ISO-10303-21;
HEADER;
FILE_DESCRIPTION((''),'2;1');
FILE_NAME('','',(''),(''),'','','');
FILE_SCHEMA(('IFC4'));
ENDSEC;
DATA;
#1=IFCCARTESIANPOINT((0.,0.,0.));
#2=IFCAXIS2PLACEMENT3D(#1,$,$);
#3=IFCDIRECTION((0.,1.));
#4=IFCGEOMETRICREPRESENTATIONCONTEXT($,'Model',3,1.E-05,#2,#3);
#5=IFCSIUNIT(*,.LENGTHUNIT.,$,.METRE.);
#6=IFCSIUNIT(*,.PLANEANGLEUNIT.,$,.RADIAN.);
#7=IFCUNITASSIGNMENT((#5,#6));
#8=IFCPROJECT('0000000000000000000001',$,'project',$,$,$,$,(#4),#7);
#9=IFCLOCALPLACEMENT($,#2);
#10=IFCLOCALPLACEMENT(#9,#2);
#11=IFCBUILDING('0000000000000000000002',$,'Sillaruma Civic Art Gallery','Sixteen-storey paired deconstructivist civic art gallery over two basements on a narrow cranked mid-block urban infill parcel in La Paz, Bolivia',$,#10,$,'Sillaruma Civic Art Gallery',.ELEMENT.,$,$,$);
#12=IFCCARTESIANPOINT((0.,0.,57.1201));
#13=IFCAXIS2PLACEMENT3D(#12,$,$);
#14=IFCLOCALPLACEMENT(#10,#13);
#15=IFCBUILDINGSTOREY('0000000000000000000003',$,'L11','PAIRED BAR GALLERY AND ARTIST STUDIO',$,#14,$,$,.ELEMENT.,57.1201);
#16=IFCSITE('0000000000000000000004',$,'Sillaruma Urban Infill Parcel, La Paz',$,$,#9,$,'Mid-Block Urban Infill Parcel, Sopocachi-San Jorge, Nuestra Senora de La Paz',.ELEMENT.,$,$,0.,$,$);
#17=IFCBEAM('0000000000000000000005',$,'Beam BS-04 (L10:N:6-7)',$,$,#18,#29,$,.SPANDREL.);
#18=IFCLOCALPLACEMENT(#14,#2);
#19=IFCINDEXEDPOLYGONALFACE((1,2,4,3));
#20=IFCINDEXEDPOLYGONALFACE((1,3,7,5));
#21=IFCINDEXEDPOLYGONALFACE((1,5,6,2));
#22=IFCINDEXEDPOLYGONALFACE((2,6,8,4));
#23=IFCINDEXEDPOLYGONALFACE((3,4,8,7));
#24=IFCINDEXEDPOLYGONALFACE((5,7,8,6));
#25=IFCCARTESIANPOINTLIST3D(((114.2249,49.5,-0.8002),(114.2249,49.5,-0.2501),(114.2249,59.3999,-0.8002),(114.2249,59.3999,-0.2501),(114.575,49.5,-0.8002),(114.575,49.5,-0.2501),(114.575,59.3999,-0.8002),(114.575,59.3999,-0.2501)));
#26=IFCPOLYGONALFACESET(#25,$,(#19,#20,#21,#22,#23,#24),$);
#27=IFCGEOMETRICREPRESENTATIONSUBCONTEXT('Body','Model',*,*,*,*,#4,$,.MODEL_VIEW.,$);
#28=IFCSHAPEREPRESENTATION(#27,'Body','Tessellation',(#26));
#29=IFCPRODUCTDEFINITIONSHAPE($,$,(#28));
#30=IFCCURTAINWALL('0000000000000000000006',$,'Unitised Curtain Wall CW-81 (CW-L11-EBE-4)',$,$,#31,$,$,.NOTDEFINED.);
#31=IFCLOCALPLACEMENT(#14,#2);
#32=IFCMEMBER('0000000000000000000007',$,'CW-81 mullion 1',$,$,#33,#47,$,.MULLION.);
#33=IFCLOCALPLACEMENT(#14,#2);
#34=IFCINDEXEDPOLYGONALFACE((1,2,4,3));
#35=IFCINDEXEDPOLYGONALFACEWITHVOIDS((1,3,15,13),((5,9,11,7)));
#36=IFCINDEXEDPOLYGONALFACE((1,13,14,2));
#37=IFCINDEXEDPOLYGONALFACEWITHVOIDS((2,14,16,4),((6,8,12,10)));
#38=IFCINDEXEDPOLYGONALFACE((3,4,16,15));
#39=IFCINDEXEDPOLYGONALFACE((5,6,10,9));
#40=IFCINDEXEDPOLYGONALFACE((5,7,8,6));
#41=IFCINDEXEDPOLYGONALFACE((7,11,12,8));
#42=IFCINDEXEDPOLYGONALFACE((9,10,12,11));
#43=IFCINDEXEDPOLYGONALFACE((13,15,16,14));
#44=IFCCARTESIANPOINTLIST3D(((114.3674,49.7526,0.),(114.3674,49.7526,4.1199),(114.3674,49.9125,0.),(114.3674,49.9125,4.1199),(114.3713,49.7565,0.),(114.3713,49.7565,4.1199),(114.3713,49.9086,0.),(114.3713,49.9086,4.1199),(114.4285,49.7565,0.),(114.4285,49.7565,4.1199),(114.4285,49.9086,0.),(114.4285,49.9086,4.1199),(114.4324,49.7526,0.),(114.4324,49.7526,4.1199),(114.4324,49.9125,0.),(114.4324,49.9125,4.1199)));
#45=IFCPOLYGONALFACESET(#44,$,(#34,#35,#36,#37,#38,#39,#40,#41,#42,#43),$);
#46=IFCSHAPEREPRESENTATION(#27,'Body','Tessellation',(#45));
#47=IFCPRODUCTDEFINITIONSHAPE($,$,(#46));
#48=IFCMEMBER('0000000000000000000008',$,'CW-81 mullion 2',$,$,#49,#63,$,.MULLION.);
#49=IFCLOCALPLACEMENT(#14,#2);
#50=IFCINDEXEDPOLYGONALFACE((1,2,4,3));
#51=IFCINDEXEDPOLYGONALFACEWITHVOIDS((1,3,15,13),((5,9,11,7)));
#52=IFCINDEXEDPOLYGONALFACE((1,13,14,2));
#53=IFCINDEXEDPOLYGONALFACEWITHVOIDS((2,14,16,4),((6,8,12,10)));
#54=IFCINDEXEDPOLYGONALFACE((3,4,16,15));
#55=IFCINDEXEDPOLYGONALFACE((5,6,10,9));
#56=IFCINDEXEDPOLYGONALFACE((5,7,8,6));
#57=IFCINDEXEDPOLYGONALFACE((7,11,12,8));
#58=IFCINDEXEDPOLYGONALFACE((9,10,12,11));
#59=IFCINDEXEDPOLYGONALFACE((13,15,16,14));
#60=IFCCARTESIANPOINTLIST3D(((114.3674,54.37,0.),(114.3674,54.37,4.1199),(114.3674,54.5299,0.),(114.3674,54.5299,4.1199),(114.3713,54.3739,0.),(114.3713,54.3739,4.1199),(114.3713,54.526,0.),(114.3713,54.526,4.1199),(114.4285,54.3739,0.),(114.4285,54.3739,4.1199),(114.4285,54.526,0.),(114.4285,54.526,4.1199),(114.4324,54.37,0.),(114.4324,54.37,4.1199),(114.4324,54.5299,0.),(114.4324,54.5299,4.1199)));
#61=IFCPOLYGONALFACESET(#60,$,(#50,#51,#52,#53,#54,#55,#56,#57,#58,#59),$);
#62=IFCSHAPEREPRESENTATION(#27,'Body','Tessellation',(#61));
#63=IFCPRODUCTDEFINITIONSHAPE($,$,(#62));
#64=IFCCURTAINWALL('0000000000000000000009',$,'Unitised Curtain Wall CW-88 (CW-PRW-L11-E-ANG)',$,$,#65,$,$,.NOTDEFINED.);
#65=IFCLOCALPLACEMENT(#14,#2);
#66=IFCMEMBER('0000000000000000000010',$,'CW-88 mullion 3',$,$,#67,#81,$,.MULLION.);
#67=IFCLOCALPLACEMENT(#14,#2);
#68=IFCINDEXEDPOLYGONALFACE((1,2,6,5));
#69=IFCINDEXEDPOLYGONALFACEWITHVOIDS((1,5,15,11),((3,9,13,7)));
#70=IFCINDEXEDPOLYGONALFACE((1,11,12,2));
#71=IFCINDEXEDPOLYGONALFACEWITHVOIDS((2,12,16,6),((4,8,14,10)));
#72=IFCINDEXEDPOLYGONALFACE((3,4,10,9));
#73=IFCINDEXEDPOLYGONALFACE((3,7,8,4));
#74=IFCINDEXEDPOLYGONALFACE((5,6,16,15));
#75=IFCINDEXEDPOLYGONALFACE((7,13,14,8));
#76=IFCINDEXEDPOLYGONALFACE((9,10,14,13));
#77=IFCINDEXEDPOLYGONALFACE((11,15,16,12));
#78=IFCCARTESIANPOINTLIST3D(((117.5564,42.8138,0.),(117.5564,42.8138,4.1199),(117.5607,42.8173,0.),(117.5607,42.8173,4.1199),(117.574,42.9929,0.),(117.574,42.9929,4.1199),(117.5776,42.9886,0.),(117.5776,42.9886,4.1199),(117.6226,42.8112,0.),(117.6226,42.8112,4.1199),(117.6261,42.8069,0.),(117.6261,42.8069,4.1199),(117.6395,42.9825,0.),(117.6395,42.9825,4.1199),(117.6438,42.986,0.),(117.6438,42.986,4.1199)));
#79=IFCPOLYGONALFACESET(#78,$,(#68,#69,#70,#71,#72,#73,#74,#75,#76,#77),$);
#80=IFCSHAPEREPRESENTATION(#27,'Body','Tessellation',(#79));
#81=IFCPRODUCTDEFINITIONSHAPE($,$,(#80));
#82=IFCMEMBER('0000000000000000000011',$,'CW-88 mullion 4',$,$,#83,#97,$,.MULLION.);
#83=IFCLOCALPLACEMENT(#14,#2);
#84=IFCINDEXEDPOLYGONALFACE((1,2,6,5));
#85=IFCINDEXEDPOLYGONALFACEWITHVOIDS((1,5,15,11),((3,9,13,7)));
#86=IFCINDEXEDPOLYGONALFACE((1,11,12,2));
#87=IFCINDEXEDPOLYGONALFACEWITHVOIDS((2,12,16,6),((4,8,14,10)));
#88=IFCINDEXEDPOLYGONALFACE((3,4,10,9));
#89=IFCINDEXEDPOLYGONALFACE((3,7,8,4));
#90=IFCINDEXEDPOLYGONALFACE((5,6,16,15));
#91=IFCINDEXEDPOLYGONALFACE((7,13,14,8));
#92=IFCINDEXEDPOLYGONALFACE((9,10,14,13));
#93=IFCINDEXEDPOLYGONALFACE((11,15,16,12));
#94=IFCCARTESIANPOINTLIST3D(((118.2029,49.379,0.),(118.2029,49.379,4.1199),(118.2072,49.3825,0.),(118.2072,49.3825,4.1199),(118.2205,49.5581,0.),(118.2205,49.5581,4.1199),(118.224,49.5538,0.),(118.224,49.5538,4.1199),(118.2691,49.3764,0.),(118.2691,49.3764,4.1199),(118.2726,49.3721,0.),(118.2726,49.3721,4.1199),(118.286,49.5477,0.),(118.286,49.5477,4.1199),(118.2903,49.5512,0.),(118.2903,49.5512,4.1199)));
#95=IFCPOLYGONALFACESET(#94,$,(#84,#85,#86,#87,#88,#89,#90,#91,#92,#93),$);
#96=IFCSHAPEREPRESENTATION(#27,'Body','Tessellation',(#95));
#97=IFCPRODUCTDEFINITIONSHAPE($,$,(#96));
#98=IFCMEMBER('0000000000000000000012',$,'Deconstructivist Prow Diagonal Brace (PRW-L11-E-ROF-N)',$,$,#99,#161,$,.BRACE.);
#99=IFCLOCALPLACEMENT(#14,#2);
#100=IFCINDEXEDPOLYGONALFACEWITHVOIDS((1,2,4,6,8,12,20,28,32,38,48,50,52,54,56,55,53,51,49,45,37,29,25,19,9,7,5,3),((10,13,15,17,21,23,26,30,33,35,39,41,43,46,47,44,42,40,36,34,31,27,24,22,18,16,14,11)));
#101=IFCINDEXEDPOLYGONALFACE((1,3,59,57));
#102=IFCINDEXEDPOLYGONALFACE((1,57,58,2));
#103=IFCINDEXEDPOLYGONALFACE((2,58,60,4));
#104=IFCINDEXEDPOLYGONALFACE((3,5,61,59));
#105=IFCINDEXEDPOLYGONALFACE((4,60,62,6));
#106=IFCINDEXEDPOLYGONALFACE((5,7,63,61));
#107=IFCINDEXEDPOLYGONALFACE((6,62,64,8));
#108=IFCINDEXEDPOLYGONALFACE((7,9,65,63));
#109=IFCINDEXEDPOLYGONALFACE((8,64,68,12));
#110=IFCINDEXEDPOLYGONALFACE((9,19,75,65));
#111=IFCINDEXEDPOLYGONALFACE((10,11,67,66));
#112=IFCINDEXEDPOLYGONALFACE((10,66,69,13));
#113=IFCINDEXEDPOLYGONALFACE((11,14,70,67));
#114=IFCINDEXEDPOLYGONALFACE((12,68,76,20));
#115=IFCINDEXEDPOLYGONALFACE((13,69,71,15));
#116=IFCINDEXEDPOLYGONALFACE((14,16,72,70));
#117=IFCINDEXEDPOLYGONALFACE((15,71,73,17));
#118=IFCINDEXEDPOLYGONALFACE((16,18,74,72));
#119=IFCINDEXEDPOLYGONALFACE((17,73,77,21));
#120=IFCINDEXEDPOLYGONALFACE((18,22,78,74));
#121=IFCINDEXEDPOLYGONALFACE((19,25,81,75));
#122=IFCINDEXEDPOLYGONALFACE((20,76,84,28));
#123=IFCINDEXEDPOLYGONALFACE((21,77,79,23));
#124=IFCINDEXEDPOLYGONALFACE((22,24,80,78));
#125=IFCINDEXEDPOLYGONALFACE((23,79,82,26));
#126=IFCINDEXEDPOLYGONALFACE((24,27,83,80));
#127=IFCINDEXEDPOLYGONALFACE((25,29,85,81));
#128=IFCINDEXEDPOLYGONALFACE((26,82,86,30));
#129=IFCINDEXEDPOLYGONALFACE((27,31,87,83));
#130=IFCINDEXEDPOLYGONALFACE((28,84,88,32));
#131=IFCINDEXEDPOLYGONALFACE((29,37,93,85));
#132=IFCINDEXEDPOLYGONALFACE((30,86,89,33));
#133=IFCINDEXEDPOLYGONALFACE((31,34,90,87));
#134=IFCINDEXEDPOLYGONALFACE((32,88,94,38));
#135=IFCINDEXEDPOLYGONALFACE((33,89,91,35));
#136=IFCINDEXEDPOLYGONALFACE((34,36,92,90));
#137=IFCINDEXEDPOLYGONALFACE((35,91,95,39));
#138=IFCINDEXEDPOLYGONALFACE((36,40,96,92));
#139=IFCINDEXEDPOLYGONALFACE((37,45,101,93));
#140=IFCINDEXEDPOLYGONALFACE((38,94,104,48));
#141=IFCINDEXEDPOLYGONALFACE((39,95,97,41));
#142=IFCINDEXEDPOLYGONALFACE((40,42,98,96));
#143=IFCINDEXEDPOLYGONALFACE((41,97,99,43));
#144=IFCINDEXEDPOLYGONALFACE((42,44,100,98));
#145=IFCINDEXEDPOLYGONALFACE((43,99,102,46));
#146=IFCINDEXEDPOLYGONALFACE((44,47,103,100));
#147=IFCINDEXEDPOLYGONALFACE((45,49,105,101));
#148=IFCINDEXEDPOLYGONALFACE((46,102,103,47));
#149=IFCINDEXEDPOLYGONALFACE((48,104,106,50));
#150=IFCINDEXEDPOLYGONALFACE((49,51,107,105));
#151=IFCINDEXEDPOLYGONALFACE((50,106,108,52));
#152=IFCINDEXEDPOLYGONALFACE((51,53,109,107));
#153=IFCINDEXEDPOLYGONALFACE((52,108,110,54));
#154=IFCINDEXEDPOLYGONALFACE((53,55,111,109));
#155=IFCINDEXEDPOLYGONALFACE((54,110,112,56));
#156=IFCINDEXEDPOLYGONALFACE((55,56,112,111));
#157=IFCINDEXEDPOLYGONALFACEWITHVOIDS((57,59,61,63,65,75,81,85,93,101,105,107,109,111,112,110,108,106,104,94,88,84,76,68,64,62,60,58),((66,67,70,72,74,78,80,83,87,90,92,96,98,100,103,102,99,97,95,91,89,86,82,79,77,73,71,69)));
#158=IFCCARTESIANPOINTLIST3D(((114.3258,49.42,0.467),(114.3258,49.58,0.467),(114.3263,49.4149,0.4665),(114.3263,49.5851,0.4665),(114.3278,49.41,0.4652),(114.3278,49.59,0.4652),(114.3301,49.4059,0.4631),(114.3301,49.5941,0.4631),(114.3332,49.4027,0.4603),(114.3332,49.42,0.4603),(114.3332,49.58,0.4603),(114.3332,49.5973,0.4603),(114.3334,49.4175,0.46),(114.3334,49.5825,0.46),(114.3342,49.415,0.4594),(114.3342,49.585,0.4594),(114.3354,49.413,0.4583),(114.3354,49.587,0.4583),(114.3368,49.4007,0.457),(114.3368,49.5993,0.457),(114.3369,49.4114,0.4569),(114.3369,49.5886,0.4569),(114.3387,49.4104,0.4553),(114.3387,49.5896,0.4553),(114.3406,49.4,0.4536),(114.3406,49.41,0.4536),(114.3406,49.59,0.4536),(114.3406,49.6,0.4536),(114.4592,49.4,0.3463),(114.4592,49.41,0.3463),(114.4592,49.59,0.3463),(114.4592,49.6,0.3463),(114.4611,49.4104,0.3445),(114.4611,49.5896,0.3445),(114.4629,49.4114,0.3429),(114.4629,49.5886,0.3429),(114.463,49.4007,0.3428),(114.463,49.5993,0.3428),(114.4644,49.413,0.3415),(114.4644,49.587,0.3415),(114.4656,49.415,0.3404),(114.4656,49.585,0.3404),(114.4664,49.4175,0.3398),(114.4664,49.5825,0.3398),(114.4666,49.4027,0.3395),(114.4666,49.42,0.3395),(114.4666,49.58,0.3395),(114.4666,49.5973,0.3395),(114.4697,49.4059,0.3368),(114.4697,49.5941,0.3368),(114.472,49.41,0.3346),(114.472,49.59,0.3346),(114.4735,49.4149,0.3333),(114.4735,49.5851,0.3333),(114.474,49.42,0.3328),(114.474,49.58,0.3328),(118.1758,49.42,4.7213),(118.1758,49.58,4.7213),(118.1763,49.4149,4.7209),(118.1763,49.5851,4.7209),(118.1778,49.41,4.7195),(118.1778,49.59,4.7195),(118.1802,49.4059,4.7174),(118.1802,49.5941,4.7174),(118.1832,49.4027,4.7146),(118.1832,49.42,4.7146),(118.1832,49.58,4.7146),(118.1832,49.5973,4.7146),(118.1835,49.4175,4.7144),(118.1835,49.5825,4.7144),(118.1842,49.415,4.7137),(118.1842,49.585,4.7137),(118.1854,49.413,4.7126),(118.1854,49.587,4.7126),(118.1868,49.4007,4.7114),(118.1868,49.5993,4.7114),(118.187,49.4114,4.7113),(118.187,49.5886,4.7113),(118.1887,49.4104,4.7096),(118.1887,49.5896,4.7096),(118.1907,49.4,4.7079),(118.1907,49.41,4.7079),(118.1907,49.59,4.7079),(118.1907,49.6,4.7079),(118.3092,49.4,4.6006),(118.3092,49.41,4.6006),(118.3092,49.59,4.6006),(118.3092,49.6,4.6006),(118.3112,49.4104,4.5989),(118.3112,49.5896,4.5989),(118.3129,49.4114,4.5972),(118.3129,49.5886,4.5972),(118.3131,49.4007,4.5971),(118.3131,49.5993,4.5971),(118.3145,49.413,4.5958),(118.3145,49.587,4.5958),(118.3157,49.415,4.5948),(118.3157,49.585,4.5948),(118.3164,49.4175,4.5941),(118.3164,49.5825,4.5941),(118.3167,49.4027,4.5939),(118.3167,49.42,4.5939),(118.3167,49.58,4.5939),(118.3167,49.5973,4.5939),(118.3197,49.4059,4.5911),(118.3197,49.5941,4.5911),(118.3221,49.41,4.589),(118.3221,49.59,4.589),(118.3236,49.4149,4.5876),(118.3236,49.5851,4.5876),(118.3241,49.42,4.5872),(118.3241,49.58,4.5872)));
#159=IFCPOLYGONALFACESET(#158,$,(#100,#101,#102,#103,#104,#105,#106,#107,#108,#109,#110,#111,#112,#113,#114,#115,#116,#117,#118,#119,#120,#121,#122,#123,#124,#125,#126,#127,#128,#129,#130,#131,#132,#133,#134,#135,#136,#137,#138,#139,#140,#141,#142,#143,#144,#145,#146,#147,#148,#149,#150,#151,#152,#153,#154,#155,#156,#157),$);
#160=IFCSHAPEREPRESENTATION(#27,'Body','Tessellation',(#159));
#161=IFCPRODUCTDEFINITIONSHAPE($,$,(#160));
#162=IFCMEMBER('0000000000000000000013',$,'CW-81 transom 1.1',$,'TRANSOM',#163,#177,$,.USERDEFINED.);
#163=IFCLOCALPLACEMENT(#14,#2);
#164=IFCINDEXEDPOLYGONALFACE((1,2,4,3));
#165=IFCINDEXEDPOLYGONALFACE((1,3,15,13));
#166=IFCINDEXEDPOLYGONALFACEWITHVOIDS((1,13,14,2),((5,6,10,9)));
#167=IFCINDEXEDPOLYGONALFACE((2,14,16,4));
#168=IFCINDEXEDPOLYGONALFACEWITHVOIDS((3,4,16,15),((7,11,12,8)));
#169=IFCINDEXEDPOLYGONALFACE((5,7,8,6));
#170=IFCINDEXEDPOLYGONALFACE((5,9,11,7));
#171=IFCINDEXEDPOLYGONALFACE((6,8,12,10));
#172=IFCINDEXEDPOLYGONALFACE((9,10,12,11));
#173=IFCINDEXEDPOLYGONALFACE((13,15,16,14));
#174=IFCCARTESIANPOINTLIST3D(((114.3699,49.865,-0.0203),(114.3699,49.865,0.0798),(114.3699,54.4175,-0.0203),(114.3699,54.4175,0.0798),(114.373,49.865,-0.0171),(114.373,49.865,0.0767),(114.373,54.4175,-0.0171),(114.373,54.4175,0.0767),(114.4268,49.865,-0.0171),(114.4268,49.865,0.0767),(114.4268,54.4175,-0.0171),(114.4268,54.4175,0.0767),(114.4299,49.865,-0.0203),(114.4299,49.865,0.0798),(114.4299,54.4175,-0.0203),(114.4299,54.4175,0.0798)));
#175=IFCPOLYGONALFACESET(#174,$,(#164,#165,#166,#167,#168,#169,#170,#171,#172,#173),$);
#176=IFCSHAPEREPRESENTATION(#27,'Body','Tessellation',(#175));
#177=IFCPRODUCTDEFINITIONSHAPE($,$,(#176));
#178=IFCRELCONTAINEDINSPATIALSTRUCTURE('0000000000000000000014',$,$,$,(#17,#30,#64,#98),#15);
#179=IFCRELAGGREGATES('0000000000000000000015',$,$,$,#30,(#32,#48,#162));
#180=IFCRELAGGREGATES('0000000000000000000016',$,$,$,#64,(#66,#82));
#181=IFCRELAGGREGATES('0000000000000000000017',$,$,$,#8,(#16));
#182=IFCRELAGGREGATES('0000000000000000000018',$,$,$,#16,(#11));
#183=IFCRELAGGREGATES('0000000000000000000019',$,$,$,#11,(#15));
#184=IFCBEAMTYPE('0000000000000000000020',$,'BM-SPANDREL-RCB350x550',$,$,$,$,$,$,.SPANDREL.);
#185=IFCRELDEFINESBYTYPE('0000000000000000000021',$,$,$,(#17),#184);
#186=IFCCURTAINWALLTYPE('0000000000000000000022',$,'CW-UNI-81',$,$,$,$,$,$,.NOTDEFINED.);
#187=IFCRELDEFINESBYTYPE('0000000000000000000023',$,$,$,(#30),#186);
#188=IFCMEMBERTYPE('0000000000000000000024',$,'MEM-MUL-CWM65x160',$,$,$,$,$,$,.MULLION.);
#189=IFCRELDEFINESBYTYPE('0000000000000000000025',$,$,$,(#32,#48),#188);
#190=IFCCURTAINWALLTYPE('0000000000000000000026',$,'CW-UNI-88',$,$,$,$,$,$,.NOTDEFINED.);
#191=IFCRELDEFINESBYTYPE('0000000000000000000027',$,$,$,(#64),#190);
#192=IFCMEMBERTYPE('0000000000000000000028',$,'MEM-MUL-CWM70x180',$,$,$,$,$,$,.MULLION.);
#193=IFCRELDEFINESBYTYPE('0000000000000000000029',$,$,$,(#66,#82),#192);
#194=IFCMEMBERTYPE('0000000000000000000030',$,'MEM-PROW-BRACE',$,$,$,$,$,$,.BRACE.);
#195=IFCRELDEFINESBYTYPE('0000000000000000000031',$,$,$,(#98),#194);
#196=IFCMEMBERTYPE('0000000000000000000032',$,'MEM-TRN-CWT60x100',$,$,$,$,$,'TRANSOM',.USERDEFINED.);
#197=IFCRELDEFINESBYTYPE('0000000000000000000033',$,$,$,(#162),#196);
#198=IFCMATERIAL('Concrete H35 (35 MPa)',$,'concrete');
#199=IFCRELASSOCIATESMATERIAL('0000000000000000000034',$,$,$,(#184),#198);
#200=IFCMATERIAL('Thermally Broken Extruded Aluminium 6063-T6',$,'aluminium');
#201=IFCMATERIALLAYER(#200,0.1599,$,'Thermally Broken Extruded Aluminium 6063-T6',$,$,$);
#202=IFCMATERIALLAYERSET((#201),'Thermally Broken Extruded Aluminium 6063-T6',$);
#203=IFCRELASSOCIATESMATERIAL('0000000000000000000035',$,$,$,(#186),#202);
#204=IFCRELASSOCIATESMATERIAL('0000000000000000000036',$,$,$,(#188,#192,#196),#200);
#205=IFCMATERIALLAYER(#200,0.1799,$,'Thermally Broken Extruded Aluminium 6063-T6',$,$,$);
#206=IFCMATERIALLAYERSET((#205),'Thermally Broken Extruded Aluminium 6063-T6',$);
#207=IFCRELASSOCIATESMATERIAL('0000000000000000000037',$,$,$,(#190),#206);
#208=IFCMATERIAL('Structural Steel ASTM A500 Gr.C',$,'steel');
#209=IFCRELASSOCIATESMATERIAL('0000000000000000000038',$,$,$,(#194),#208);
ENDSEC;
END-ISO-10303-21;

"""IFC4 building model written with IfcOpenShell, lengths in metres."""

from ifc_helpers import new_model, si_unit, direction, frame, origin, origin_2d, place, context, subcontext, project, spatial, rectangle, hollow_rectangle, extrude, material, layer, layer_set, material_profile, profile_set, type_object, element, aggregate, save


model = new_model("IFC4")

# Units and contexts
model_context = context("Model", 3, precision=1e-05, world=origin(), true_north=direction((0.0, 1.0)))
body_context = subcontext(model_context, "Body", "Model", "MODEL_VIEW")
ifc_project = project(units=[si_unit("LENGTHUNIT", "METRE"), si_unit("PLANEANGLEUNIT", "RADIAN")], contexts=[model_context])

# Site, building, storey
site_placement = place(None, origin())
site = spatial("IfcSite", under=ifc_project, at=site_placement, Name="Sillaruma Urban Infill Parcel, La Paz", LongName="Mid-Block Urban Infill Parcel, Sopocachi-San Jorge, Nuestra Senora de La Paz", CompositionType="ELEMENT", RefElevation=0.0)
building_placement = place(site_placement, origin())
building = spatial("IfcBuilding", under=site, at=building_placement, Name="Sillaruma Civic Art Gallery", Description="Sixteen-storey paired deconstructivist civic art gallery over two basements on a narrow cranked mid-block urban infill parcel in La Paz, Bolivia", LongName="Sillaruma Civic Art Gallery", CompositionType="ELEMENT")
storey_placement = place(building_placement, frame((0.0, 0.0, 57.1201)))
storey = spatial("IfcBuildingStorey", under=building, at=storey_placement, Name="L11", Description="PAIRED BAR GALLERY AND ARTIST STUDIO", CompositionType="ELEMENT", Elevation=57.1201)

# Beam
ifc_material_1 = material(Name="Concrete H35 (35 MPa)", Category="concrete")
ifc_material_profile_1 = material_profile(ifc_material_1, rectangle(XDim=0.3501, YDim=0.55, at=origin_2d()), Name="RCB350x550")
ifc_profile_set_1 = profile_set([ifc_material_profile_1], Name="Concrete H35 (35 MPa)")
beam_type = type_object("IfcBeamType", Name="BM-SPANDREL-RCB350x550", PredefinedType="SPANDREL", material=ifc_profile_set_1)
beam_placement = place(storey_placement, frame((114.3999, 49.5, -0.5251), z_axis=(0.0, 1.0, 0.0), x_axis=(-1.0, 0.0, 0.0)))
element("IfcBeam", 1, at=beam_placement, inside=storey, type_object=beam_type, Name="Beam BS-04 (L10:N:6-7)", PredefinedType="SPANDREL", context=body_context, shape_type="SweptSolid", body=[
    extrude(rectangle(XDim=0.3501, YDim=0.55, at=origin_2d()), origin(), (0.0, 0.0, 1.0), 9.8999),
])

# Curtain walls, members
ifc_material_2 = material(Name="Thermally Broken Extruded Aluminium 6063-T6", Category="aluminium")
ifc_layer_1 = layer(ifc_material_2, 0.1599, Name="Thermally Broken Extruded Aluminium 6063-T6")
ifc_layer_set_1 = layer_set([ifc_layer_1], Name="Thermally Broken Extruded Aluminium 6063-T6")
curtain_wall_type_1 = type_object("IfcCurtainWallType", Name="CW-UNI-81", PredefinedType="NOTDEFINED", material=ifc_layer_set_1)
curtain_wall_1_placement = place(storey_placement, origin())
curtain_wall_1 = element("IfcCurtainWall", 2, at=curtain_wall_1_placement, inside=storey, type_object=curtain_wall_type_1, Name="Unitised Curtain Wall CW-81 (CW-L11-EBE-4)", PredefinedType="NOTDEFINED")
ifc_material_profile_2 = material_profile(ifc_material_2, hollow_rectangle(XDim=0.0649, YDim=0.1599, WallThickness=0.0039, at=origin_2d()), Name="CWM65x160")
ifc_profile_set_2 = profile_set([ifc_material_profile_2], Name="Thermally Broken Extruded Aluminium 6063-T6")
member_type_1 = type_object("IfcMemberType", Name="MEM-MUL-CWM65x160", PredefinedType="MULLION", material=ifc_profile_set_2)
member_1_placement = place(storey_placement, frame((114.3999, 49.8325, 0.0), z_axis=(0.0, 0.0, 1.0), x_axis=(-1.0, 0.0, 0.0)))
member_1 = element("IfcMember", 3, at=member_1_placement, type_object=member_type_1, Name="CW-81 mullion 1", PredefinedType="MULLION", context=body_context, shape_type="SweptSolid", body=[
    extrude(hollow_rectangle(XDim=0.0649, YDim=0.1599, WallThickness=0.0039, at=origin_2d()), origin(), (0.0, 0.0, 1.0), 4.1199),
])
member_2_placement = place(storey_placement, frame((114.3999, 54.45, 0.0), z_axis=(0.0, 0.0, 1.0), x_axis=(-1.0, 0.0, 0.0)))
member_2 = element("IfcMember", 4, at=member_2_placement, type_object=member_type_1, Name="CW-81 mullion 2", PredefinedType="MULLION", context=body_context, shape_type="SweptSolid", body=[
    extrude(hollow_rectangle(XDim=0.0649, YDim=0.1599, WallThickness=0.0039, at=origin_2d()), origin(), (0.0, 0.0, 1.0), 4.1199),
])
ifc_layer_2 = layer(ifc_material_2, 0.1799, Name="Thermally Broken Extruded Aluminium 6063-T6")
ifc_layer_set_2 = layer_set([ifc_layer_2], Name="Thermally Broken Extruded Aluminium 6063-T6")
curtain_wall_type_2 = type_object("IfcCurtainWallType", Name="CW-UNI-88", PredefinedType="NOTDEFINED", material=ifc_layer_set_2)
curtain_wall_2_placement = place(storey_placement, origin())
curtain_wall_2 = element("IfcCurtainWall", 5, at=curtain_wall_2_placement, inside=storey, type_object=curtain_wall_type_2, Name="Unitised Curtain Wall CW-88 (CW-PRW-L11-E-ANG)", PredefinedType="NOTDEFINED")
ifc_material_profile_3 = material_profile(ifc_material_2, hollow_rectangle(XDim=0.0701, YDim=0.1799, WallThickness=0.0039, at=origin_2d()), Name="CWM70x180")
ifc_profile_set_3 = profile_set([ifc_material_profile_3], Name="Thermally Broken Extruded Aluminium 6063-T6")
member_type_2 = type_object("IfcMemberType", Name="MEM-MUL-CWM70x180", PredefinedType="MULLION", material=ifc_profile_set_3)
member_3_placement = place(storey_placement, frame((117.6001, 42.8999, 0.0), z_axis=(0.0, 0.0, 1.0), x_axis=(-0.995185, 0.098011, 0.0)))
member_3 = element("IfcMember", 6, at=member_3_placement, type_object=member_type_2, Name="CW-88 mullion 3", PredefinedType="MULLION", context=body_context, shape_type="SweptSolid", body=[
    extrude(hollow_rectangle(XDim=0.0701, YDim=0.1799, WallThickness=0.0039, at=origin_2d()), origin(), (0.0, 0.0, 1.0), 4.1199),
])
member_4_placement = place(storey_placement, frame((118.2466, 49.4651, 0.0), z_axis=(0.0, 0.0, 1.0), x_axis=(-0.995185, 0.098011, 0.0)))
member_4 = element("IfcMember", 7, at=member_4_placement, type_object=member_type_2, Name="CW-88 mullion 4", PredefinedType="MULLION", context=body_context, shape_type="SweptSolid", body=[
    extrude(hollow_rectangle(XDim=0.0701, YDim=0.1799, WallThickness=0.0039, at=origin_2d()), origin(), (0.0, 0.0, 1.0), 4.1199),
])

# Members
ifc_material_3 = material(Name="Structural Steel ASTM A500 Gr.C", Category="steel")
ifc_material_profile_4 = material_profile(ifc_material_3, hollow_rectangle(XDim=0.2, YDim=0.2, WallThickness=0.01, InnerFilletRadius=0.01, OuterFilletRadius=0.02, at=origin_2d()), Name="HSS200x200x10")
ifc_profile_set_4 = profile_set([ifc_material_profile_4], Name="Structural Steel ASTM A500 Gr.C")
member_type_3 = type_object("IfcMemberType", Name="MEM-PROW-BRACE", PredefinedType="BRACE", material=ifc_profile_set_4)
member_5_placement = place(storey_placement, frame((114.3999, 49.5, 0.3999), z_axis=(0.670998, 0.0, 0.741459), x_axis=(0.0, 1.0, 0.0)))
element("IfcMember", 8, at=member_5_placement, inside=storey, type_object=member_type_3, Name="Deconstructivist Prow Diagonal Brace (PRW-L11-E-ROF-N)", PredefinedType="BRACE", context=body_context, shape_type="SweptSolid", body=[
    extrude(hollow_rectangle(XDim=0.2, YDim=0.2, WallThickness=0.01, InnerFilletRadius=0.01, OuterFilletRadius=0.02, at=origin_2d()), origin(), (0.0, 0.0, 1.0), 5.7378),
])
ifc_material_profile_5 = material_profile(ifc_material_2, hollow_rectangle(XDim=0.0601, YDim=0.1001, WallThickness=0.0032, at=origin_2d()), Name="CWT60x100")
ifc_profile_set_5 = profile_set([ifc_material_profile_5], Name="Thermally Broken Extruded Aluminium 6063-T6")
member_type_4 = type_object("IfcMemberType", Name="MEM-TRN-CWT60x100", ElementType="TRANSOM", PredefinedType="USERDEFINED", material=ifc_profile_set_5)
member_6_placement = place(storey_placement, frame((114.3999, 49.865, 0.0298), z_axis=(0.0, 1.0, 0.0), x_axis=(-1.0, 0.0, 0.0)))
member_6 = element("IfcMember", 9, at=member_6_placement, type_object=member_type_4, Name="CW-81 transom 1.1", ObjectType="TRANSOM", PredefinedType="USERDEFINED", context=body_context, shape_type="SweptSolid", body=[
    extrude(hollow_rectangle(XDim=0.0601, YDim=0.1001, WallThickness=0.0032, at=origin_2d()), origin(), (0.0, 0.0, 1.0), 4.5525),
])

aggregate(curtain_wall_1, [member_1, member_2, member_6])
aggregate(curtain_wall_2, [member_3, member_4])

save(model, "model.ifc")
